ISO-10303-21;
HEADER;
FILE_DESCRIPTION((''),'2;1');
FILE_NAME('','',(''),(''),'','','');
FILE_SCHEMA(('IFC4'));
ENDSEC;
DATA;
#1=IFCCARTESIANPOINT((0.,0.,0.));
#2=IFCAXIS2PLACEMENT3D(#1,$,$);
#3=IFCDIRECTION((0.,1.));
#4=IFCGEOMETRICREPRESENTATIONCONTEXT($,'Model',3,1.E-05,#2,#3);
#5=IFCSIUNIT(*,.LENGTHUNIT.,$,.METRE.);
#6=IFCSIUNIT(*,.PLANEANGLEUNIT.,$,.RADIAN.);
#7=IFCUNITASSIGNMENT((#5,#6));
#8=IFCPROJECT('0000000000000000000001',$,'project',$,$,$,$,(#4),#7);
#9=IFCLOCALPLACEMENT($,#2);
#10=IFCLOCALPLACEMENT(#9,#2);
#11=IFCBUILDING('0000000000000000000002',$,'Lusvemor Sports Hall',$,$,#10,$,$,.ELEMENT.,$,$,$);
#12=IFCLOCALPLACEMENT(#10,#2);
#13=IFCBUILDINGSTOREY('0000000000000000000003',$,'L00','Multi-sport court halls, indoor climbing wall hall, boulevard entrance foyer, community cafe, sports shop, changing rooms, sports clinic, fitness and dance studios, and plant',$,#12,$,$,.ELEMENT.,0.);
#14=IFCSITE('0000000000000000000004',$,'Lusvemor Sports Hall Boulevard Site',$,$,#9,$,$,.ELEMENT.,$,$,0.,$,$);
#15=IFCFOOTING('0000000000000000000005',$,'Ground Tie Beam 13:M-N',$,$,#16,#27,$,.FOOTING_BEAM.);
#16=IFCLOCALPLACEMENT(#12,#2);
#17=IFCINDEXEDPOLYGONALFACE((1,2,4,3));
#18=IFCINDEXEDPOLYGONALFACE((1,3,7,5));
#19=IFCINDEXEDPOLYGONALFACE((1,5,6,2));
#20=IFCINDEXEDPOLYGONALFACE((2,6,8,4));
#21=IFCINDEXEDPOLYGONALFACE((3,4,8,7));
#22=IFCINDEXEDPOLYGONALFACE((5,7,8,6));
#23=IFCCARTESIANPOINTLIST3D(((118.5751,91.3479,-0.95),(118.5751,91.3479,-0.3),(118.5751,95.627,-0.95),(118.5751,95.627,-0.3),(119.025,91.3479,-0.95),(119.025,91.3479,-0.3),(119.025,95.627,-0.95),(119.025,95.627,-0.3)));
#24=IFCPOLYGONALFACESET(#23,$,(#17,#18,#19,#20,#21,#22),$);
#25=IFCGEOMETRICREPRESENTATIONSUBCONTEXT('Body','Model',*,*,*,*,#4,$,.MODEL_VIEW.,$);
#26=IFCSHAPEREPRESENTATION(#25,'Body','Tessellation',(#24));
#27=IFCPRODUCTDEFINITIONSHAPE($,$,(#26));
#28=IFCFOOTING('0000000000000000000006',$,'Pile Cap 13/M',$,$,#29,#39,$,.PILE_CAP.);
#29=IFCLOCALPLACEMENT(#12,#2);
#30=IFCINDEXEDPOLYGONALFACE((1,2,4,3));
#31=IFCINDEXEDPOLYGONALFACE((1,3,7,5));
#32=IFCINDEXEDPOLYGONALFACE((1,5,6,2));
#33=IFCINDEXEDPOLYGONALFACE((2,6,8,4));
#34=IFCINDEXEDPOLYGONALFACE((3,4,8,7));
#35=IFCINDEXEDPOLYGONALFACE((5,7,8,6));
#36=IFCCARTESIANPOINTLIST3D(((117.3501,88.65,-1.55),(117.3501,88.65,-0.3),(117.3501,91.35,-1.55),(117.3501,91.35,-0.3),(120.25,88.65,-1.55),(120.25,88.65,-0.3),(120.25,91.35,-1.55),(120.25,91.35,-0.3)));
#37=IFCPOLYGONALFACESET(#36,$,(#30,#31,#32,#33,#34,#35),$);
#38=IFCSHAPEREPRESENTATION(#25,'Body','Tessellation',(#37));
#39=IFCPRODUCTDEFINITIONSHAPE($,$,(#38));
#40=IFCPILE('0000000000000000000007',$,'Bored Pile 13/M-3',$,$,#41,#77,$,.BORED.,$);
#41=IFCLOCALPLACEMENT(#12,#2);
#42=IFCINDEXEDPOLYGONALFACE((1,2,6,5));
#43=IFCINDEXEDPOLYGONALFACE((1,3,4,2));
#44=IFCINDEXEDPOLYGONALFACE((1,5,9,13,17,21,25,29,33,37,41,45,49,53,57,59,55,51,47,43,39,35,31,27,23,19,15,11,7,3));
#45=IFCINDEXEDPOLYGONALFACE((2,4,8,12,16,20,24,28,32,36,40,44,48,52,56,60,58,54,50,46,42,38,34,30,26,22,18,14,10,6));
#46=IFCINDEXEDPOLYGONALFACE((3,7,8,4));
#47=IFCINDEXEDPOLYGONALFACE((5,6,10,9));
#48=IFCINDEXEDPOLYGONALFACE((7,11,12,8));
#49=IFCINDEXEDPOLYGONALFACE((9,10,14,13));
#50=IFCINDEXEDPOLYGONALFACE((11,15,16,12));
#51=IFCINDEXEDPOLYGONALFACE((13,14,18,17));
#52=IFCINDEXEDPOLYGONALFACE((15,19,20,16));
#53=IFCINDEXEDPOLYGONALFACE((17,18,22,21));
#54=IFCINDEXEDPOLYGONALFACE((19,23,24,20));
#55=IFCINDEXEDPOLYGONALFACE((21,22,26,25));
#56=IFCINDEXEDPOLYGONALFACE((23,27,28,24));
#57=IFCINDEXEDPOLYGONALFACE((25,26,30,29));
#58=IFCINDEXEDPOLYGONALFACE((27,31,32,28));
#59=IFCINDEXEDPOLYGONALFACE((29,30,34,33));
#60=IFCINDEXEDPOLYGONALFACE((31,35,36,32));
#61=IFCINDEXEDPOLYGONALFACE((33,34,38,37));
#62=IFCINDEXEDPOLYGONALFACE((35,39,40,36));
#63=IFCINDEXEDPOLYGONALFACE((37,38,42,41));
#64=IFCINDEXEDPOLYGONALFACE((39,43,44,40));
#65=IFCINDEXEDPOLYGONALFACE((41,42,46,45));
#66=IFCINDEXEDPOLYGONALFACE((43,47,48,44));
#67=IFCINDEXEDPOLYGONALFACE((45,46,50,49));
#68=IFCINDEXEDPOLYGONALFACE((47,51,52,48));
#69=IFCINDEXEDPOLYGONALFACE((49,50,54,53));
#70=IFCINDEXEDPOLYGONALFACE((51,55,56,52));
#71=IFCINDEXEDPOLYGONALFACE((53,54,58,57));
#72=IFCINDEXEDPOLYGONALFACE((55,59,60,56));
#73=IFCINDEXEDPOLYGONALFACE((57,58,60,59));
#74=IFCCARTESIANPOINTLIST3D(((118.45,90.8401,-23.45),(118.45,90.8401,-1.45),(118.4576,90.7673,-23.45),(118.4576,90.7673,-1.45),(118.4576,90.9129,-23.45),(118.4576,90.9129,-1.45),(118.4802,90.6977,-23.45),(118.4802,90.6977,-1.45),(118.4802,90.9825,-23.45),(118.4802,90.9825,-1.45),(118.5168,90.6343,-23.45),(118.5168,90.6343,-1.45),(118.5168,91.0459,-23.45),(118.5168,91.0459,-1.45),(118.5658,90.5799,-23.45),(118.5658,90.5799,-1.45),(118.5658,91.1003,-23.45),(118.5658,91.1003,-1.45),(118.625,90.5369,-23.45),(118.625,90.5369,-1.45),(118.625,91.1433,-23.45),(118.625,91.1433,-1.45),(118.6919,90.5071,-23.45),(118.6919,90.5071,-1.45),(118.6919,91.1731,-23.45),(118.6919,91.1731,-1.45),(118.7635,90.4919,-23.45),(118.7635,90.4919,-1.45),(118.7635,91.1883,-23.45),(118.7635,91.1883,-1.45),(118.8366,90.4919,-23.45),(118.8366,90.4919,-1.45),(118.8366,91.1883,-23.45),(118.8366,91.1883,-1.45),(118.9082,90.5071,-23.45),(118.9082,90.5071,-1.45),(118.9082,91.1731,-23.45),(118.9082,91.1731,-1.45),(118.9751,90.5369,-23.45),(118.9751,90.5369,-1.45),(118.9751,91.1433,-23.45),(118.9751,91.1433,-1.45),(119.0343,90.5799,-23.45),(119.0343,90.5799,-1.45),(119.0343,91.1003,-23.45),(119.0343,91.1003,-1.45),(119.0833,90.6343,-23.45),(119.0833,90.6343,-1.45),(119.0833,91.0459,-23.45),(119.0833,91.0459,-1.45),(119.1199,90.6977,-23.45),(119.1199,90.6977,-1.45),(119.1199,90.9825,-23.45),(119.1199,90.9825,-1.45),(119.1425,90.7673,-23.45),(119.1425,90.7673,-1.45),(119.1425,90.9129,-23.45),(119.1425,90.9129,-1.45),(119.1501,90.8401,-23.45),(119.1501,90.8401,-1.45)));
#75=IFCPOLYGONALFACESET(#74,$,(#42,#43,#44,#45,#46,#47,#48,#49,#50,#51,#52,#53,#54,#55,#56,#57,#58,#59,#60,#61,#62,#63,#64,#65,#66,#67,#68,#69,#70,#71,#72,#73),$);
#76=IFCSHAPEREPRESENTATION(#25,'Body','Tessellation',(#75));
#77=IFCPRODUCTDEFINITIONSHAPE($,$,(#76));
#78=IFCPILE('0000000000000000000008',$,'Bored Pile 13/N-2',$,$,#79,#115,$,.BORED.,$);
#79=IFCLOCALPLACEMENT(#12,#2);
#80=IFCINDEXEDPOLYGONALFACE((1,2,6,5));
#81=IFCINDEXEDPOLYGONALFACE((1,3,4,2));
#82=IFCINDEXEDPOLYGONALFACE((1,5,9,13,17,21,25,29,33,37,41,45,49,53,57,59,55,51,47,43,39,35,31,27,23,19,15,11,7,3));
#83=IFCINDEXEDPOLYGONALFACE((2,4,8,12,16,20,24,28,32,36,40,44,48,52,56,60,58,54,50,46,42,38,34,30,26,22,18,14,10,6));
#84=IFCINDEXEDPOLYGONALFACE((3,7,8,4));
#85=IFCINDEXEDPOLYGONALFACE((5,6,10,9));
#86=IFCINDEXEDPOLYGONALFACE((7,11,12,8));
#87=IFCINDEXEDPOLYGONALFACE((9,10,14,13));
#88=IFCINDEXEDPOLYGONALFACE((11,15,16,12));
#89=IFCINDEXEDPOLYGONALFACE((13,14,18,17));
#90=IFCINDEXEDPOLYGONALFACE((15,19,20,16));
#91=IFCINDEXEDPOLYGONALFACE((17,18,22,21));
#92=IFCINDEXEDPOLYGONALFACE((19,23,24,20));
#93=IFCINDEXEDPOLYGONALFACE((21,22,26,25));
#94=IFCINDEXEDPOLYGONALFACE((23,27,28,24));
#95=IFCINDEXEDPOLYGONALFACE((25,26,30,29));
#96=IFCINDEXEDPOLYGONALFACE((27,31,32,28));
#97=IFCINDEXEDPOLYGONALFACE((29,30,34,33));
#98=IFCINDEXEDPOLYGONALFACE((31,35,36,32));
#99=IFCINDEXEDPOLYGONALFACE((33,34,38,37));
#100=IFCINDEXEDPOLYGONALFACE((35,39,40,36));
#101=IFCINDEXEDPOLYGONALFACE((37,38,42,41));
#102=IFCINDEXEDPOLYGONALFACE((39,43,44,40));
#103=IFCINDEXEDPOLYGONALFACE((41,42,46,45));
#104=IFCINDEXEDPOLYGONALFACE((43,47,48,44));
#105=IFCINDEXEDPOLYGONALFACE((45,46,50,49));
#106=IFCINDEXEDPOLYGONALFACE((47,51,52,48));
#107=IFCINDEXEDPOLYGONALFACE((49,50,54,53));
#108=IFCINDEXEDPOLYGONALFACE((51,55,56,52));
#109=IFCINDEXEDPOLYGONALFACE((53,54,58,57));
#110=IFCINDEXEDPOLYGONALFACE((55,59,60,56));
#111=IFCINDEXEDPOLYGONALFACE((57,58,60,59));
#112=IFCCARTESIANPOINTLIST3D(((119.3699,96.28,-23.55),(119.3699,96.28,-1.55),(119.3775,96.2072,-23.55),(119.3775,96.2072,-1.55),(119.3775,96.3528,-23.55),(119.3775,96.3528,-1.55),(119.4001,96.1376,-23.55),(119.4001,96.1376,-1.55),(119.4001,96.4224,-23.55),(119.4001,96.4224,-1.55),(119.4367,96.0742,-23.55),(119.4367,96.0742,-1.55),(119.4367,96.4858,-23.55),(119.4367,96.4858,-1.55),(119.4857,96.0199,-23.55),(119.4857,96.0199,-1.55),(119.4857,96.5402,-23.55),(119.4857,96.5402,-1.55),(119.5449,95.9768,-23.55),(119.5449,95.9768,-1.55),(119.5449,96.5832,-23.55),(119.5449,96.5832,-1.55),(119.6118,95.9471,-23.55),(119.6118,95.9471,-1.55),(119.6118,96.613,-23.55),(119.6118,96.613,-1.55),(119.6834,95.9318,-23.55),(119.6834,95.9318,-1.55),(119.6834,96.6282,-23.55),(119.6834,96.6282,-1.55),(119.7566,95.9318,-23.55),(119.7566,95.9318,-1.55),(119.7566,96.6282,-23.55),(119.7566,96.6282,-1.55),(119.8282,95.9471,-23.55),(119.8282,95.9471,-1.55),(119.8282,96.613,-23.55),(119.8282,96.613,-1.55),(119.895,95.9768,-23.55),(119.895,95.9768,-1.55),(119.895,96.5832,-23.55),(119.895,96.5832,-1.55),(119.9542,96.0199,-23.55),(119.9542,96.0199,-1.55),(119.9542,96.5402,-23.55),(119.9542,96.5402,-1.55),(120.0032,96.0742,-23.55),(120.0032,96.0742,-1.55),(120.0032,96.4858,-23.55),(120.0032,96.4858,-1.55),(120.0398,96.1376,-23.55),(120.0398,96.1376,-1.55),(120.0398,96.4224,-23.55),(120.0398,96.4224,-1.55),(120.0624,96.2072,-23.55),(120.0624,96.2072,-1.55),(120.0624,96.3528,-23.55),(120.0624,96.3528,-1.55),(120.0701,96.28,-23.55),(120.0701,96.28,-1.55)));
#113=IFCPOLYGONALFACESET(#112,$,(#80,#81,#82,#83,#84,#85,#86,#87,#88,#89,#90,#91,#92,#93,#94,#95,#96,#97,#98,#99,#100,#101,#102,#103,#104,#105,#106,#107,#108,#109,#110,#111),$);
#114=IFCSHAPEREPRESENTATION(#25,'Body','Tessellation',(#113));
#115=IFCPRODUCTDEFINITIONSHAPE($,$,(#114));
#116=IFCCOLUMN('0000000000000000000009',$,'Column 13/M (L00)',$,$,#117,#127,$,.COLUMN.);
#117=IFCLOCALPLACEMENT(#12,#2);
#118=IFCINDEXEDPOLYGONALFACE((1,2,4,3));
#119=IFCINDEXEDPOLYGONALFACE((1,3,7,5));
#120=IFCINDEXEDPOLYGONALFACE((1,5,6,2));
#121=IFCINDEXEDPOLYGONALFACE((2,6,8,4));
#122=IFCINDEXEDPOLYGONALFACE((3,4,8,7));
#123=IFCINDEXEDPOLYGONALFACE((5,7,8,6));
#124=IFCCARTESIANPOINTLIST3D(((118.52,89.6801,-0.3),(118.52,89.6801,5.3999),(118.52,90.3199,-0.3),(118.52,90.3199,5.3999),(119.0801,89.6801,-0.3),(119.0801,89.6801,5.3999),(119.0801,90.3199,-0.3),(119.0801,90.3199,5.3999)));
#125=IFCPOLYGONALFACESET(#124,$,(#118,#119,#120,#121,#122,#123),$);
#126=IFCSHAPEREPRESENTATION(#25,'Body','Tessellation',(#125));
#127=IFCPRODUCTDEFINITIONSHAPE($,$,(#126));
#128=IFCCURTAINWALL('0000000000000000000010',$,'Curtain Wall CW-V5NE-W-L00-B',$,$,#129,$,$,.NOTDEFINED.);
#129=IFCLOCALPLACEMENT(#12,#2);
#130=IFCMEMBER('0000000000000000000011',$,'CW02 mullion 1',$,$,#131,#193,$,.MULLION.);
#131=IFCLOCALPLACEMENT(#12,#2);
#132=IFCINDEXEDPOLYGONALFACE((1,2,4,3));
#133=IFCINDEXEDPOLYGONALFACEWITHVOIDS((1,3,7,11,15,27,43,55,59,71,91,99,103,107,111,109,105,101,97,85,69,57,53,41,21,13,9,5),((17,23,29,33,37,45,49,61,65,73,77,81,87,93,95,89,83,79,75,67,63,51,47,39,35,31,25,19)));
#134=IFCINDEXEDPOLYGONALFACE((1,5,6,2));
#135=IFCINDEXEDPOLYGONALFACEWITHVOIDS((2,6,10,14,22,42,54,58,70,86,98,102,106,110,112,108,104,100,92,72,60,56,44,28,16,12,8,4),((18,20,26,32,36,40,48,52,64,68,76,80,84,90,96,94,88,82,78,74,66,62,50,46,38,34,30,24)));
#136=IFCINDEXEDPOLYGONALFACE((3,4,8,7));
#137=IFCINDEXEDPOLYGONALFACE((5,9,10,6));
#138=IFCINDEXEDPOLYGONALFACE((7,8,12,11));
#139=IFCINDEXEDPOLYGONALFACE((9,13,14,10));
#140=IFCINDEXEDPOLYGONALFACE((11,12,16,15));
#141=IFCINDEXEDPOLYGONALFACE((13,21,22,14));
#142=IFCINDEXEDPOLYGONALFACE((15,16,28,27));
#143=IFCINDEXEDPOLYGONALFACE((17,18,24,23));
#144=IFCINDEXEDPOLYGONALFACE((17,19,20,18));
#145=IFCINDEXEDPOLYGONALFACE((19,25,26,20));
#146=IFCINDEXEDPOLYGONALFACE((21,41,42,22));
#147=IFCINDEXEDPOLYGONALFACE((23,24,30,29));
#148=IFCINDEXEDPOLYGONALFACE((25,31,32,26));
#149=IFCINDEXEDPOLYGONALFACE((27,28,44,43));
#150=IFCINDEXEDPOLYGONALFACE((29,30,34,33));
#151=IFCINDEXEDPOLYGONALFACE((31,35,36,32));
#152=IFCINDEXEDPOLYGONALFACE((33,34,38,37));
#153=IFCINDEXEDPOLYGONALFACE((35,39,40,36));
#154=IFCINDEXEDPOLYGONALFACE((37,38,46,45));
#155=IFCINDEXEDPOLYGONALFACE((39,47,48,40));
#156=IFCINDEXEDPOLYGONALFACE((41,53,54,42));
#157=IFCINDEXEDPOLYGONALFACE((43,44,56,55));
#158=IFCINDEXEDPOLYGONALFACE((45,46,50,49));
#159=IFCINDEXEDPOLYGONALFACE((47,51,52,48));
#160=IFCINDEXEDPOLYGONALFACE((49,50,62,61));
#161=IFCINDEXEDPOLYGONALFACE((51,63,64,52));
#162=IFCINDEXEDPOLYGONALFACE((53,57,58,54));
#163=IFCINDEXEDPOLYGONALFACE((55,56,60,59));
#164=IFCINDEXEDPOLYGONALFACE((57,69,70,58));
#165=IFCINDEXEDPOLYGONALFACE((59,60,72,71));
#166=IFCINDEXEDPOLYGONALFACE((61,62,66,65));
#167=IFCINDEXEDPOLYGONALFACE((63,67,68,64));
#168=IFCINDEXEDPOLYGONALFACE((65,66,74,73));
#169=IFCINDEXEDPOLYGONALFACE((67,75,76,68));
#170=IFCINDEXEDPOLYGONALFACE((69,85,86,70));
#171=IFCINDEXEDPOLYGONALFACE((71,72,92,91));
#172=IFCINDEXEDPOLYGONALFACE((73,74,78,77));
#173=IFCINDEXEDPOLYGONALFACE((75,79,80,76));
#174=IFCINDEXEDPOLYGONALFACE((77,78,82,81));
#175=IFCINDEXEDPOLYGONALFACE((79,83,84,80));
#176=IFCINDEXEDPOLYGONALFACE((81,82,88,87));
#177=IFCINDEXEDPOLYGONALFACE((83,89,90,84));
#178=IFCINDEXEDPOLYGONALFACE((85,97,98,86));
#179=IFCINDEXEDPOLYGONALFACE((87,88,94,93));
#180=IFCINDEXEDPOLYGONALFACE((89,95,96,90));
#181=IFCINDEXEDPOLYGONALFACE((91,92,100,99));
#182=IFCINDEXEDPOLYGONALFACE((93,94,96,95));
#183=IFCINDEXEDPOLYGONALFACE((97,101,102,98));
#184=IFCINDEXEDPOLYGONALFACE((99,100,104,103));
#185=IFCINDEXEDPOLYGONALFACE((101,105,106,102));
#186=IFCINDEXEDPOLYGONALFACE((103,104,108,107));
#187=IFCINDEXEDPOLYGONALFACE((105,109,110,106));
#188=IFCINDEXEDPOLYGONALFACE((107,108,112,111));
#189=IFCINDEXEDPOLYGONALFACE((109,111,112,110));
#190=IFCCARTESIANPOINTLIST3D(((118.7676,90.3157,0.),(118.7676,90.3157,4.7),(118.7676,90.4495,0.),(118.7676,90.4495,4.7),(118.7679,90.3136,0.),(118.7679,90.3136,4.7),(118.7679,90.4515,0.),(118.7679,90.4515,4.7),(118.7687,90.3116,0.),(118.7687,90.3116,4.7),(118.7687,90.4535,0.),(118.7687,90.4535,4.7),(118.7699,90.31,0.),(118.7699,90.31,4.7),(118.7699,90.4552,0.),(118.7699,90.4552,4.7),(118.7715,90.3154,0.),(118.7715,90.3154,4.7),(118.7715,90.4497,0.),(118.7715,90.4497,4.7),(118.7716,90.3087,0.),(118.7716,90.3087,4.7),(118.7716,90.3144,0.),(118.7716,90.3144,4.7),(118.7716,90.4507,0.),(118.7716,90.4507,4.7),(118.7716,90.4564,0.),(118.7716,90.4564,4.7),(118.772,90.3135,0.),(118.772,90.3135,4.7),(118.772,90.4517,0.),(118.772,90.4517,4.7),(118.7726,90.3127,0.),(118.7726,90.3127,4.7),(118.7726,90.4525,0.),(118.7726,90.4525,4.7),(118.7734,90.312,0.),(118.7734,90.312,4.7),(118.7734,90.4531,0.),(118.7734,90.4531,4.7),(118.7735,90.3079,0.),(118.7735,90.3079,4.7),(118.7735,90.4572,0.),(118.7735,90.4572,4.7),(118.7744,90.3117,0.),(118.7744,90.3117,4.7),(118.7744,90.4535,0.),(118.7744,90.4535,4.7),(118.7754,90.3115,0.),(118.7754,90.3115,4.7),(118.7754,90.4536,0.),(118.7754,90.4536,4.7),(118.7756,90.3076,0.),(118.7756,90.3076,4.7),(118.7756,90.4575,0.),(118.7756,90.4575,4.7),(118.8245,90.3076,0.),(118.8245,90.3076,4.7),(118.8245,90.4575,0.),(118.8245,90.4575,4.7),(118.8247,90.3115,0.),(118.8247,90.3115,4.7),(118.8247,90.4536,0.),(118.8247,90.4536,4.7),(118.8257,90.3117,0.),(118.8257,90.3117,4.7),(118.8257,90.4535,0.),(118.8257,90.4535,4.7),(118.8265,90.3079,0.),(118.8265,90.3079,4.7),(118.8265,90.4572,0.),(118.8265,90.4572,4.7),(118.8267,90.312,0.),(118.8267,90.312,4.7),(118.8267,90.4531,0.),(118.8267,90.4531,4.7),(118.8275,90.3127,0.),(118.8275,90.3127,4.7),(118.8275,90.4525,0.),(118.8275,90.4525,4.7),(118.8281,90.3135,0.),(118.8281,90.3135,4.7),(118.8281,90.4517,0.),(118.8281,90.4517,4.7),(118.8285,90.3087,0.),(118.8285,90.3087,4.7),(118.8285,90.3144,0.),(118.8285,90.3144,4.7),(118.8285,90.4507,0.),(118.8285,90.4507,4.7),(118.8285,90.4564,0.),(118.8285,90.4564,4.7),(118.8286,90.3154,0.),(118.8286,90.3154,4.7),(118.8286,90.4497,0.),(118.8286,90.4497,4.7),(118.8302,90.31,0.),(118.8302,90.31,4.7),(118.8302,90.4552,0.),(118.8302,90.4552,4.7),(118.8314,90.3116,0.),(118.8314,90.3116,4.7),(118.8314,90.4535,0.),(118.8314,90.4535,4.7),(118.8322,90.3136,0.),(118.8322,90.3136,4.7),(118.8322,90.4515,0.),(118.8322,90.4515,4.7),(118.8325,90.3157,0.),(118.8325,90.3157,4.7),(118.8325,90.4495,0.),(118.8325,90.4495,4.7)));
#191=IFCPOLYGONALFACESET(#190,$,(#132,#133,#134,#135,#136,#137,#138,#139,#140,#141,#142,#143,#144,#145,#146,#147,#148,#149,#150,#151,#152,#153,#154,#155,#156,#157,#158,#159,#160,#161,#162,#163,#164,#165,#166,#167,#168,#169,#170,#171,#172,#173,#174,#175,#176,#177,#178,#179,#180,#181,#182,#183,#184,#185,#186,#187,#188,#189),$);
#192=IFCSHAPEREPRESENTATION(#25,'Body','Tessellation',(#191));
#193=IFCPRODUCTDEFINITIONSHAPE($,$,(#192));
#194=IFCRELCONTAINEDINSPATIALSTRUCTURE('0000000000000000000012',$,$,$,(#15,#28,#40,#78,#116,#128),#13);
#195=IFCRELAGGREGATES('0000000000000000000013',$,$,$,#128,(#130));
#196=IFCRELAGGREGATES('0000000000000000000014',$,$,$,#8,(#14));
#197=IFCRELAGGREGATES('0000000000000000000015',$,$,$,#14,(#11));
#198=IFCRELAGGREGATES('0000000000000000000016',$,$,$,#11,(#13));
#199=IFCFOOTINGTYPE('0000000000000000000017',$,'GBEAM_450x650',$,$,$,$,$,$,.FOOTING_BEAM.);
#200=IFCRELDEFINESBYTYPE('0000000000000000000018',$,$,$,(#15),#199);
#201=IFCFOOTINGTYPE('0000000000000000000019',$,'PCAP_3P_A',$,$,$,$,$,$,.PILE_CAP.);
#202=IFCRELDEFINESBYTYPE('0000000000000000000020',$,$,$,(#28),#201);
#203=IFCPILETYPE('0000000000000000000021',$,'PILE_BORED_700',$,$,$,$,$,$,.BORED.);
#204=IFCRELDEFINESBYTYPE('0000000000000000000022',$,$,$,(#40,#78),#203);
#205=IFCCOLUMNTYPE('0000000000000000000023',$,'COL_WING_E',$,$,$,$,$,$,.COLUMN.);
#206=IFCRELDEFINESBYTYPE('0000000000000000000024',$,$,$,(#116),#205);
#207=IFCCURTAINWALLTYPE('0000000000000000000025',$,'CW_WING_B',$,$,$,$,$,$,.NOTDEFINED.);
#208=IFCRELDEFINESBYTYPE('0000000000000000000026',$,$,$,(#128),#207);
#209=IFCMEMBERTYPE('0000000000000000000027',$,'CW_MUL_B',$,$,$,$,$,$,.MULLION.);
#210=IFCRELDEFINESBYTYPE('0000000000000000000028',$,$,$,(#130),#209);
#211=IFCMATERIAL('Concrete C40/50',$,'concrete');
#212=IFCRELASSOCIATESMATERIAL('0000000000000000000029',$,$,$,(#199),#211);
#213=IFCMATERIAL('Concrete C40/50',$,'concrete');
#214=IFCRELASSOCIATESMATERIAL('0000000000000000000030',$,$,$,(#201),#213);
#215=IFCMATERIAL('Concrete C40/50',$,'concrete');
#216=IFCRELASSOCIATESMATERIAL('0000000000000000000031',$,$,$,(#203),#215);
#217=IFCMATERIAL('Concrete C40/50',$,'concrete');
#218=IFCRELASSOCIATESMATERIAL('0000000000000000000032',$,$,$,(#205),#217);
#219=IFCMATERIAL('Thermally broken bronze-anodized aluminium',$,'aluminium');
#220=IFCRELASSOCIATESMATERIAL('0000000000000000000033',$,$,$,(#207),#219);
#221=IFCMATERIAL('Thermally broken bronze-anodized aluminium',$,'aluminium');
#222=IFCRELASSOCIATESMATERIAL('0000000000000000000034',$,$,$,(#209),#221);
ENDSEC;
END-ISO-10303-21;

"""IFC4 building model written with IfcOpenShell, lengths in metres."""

from ifc_helpers import new_model, si_unit, direction, frame, origin, origin_2d, place, context, subcontext, project, spatial, rectangle, hollow_rectangle, circle, extrude, material, material_profile, profile_set, type_object, element, aggregate, save


model = new_model("IFC4")

# Units and contexts
model_context = context("Model", 3, precision=1e-05, world=origin(), true_north=direction((0.0, 1.0)))
body_context = subcontext(model_context, "Body", "Model", "MODEL_VIEW")
ifc_project = project(units=[si_unit("LENGTHUNIT", "METRE"), si_unit("PLANEANGLEUNIT", "RADIAN")], contexts=[model_context])

# Site, building, storey
site_placement = place(None, origin())
site = spatial("IfcSite", under=ifc_project, at=site_placement, Name="Lusvemor Sports Hall Boulevard Site", CompositionType="ELEMENT", RefElevation=0.0)
building_placement = place(site_placement, origin())
building = spatial("IfcBuilding", under=site, at=building_placement, Name="Lusvemor Sports Hall", CompositionType="ELEMENT")
storey_placement = place(building_placement, origin())
storey = spatial("IfcBuildingStorey", under=building, at=storey_placement, Name="L00", Description="Multi-sport court halls, indoor climbing wall hall, boulevard entrance foyer, community cafe, sports shop, changing rooms, sports clinic, fitness and dance studios, and plant", CompositionType="ELEMENT", Elevation=0.0)

# Footings
ifc_material_1 = material(Name="Concrete C40/50", Category="concrete")
ifc_material_profile_1 = material_profile(ifc_material_1, rectangle(XDim=0.45, YDim=0.6499, at=origin_2d()), Name="GB_450x650")
ifc_profile_set_1 = profile_set([ifc_material_profile_1], Name="Concrete C40/50")
footing_type_1 = type_object("IfcFootingType", Name="GBEAM_450x650", PredefinedType="FOOTING_BEAM", material=ifc_profile_set_1)
footing_1_placement = place(storey_placement, frame((118.8, 91.3479, -0.625), z_axis=(0.0, 1.0, 0.0), x_axis=(-1.0, 0.0, 0.0)))
element("IfcFooting", 1, at=footing_1_placement, inside=storey, type_object=footing_type_1, Name="Ground Tie Beam 13:M-N", PredefinedType="FOOTING_BEAM", context=body_context, shape_type="SweptSolid", body=[
    extrude(rectangle(XDim=0.45, YDim=0.6499, at=origin_2d()), origin(), (0.0, 0.0, 1.0), 4.2791),
])
ifc_material_2 = material(Name="Concrete C40/50", Category="concrete")
footing_type_2 = type_object("IfcFootingType", Name="PCAP_3P_A", PredefinedType="PILE_CAP", material=ifc_material_2)
footing_2_placement = place(storey_placement, frame((118.8, 90.0, -1.55), z_axis=(0.0, 0.0, 1.0), x_axis=(1.0, 0.0, 0.0)))
element("IfcFooting", 2, at=footing_2_placement, inside=storey, type_object=footing_type_2, Name="Pile Cap 13/M", PredefinedType="PILE_CAP", context=body_context, shape_type="SweptSolid", body=[
    extrude(rectangle(XDim=2.8999, YDim=2.7, at=origin_2d()), origin(), (0.0, 0.0, 1.0), 1.25),
])

# Piles
ifc_material_3 = material(Name="Concrete C40/50", Category="concrete")
ifc_material_profile_2 = material_profile(ifc_material_3, circle(Radius=0.3501, at=origin_2d()), Name="PILE700")
ifc_profile_set_2 = profile_set([ifc_material_profile_2], Name="Concrete C40/50")
pile_type = type_object("IfcPileType", Name="PILE_BORED_700", PredefinedType="BORED", material=ifc_profile_set_2)
for number, where, z_axis, x_axis, name in (
    (3, (118.8, 90.8401, -1.45), (0.0, 0.0, -1.0), (1.0, 0.0, 0.0), "Bored Pile 13/M-3"),
    (4, (119.72, 96.28, -1.55), (0.0, 0.0, -1.0), (1.0, 0.0, 0.0), "Bored Pile 13/N-2"),
):
    element("IfcPile", number, at=place(storey_placement, frame(where, z_axis=z_axis, x_axis=x_axis)), inside=storey, type_object=pile_type, Name=name, PredefinedType="BORED", context=body_context, shape_type="SweptSolid", body=[
        extrude(circle(Radius=0.3501, at=origin_2d()), origin(), (0.0, 0.0, 1.0), 22.0),
    ])

# Column
ifc_material_4 = material(Name="Concrete C40/50", Category="concrete")
ifc_material_profile_3 = material_profile(ifc_material_4, rectangle(XDim=0.5601, YDim=0.6399, at=origin_2d()), Name="RC560x640")
ifc_profile_set_3 = profile_set([ifc_material_profile_3], Name="Concrete C40/50")
column_type = type_object("IfcColumnType", Name="COL_WING_E", PredefinedType="COLUMN", material=ifc_profile_set_3)
column_placement = place(storey_placement, frame((118.8, 90.0, -0.3), z_axis=(0.0, 0.0, 1.0), x_axis=(1.0, 0.0, 0.0)))
element("IfcColumn", 5, at=column_placement, inside=storey, type_object=column_type, Name="Column 13/M (L00)", PredefinedType="COLUMN", context=body_context, shape_type="SweptSolid", body=[
    extrude(rectangle(XDim=0.5601, YDim=0.6399, at=origin_2d()), origin(), (0.0, 0.0, 1.0), 5.7),
])

# Curtain wall, member
ifc_material_5 = material(Name="Thermally broken bronze-anodized aluminium", Category="aluminium")
curtain_wall_type = type_object("IfcCurtainWallType", Name="CW_WING_B", PredefinedType="NOTDEFINED", material=ifc_material_5)
curtain_wall_placement = place(storey_placement, origin())
curtain_wall = element("IfcCurtainWall", 6, at=curtain_wall_placement, inside=storey, type_object=curtain_wall_type, Name="Curtain Wall CW-V5NE-W-L00-B", PredefinedType="NOTDEFINED")
ifc_material_6 = material(Name="Thermally broken bronze-anodized aluminium", Category="aluminium")
ifc_material_profile_4 = material_profile(ifc_material_6, hollow_rectangle(XDim=0.0649, YDim=0.1499, WallThickness=0.0039, InnerFilletRadius=0.0039, OuterFilletRadius=0.0081, at=origin_2d()), Name="CWMUL150x65x4")
ifc_profile_set_4 = profile_set([ifc_material_profile_4], Name="Thermally broken bronze-anodized aluminium")
member_type_1 = type_object("IfcMemberType", Name="CW_MUL_B", PredefinedType="MULLION", material=ifc_profile_set_4)
member_1_placement = place(storey_placement, frame((118.8, 90.3826, 0.0), z_axis=(0.0, 0.0, 1.0), x_axis=(-1.0, 0.0, 0.0)))
member_1 = element("IfcMember", 7, at=member_1_placement, type_object=member_type_1, Name="CW02 mullion 1", PredefinedType="MULLION", context=body_context, shape_type="SweptSolid", body=[
    extrude(hollow_rectangle(XDim=0.0649, YDim=0.1499, WallThickness=0.0039, InnerFilletRadius=0.0039, OuterFilletRadius=0.0081, at=origin_2d()), origin(), (0.0, 0.0, 1.0), 4.7),
])
aggregate(curtain_wall, [member_1])

save(model, "model.ifc")
